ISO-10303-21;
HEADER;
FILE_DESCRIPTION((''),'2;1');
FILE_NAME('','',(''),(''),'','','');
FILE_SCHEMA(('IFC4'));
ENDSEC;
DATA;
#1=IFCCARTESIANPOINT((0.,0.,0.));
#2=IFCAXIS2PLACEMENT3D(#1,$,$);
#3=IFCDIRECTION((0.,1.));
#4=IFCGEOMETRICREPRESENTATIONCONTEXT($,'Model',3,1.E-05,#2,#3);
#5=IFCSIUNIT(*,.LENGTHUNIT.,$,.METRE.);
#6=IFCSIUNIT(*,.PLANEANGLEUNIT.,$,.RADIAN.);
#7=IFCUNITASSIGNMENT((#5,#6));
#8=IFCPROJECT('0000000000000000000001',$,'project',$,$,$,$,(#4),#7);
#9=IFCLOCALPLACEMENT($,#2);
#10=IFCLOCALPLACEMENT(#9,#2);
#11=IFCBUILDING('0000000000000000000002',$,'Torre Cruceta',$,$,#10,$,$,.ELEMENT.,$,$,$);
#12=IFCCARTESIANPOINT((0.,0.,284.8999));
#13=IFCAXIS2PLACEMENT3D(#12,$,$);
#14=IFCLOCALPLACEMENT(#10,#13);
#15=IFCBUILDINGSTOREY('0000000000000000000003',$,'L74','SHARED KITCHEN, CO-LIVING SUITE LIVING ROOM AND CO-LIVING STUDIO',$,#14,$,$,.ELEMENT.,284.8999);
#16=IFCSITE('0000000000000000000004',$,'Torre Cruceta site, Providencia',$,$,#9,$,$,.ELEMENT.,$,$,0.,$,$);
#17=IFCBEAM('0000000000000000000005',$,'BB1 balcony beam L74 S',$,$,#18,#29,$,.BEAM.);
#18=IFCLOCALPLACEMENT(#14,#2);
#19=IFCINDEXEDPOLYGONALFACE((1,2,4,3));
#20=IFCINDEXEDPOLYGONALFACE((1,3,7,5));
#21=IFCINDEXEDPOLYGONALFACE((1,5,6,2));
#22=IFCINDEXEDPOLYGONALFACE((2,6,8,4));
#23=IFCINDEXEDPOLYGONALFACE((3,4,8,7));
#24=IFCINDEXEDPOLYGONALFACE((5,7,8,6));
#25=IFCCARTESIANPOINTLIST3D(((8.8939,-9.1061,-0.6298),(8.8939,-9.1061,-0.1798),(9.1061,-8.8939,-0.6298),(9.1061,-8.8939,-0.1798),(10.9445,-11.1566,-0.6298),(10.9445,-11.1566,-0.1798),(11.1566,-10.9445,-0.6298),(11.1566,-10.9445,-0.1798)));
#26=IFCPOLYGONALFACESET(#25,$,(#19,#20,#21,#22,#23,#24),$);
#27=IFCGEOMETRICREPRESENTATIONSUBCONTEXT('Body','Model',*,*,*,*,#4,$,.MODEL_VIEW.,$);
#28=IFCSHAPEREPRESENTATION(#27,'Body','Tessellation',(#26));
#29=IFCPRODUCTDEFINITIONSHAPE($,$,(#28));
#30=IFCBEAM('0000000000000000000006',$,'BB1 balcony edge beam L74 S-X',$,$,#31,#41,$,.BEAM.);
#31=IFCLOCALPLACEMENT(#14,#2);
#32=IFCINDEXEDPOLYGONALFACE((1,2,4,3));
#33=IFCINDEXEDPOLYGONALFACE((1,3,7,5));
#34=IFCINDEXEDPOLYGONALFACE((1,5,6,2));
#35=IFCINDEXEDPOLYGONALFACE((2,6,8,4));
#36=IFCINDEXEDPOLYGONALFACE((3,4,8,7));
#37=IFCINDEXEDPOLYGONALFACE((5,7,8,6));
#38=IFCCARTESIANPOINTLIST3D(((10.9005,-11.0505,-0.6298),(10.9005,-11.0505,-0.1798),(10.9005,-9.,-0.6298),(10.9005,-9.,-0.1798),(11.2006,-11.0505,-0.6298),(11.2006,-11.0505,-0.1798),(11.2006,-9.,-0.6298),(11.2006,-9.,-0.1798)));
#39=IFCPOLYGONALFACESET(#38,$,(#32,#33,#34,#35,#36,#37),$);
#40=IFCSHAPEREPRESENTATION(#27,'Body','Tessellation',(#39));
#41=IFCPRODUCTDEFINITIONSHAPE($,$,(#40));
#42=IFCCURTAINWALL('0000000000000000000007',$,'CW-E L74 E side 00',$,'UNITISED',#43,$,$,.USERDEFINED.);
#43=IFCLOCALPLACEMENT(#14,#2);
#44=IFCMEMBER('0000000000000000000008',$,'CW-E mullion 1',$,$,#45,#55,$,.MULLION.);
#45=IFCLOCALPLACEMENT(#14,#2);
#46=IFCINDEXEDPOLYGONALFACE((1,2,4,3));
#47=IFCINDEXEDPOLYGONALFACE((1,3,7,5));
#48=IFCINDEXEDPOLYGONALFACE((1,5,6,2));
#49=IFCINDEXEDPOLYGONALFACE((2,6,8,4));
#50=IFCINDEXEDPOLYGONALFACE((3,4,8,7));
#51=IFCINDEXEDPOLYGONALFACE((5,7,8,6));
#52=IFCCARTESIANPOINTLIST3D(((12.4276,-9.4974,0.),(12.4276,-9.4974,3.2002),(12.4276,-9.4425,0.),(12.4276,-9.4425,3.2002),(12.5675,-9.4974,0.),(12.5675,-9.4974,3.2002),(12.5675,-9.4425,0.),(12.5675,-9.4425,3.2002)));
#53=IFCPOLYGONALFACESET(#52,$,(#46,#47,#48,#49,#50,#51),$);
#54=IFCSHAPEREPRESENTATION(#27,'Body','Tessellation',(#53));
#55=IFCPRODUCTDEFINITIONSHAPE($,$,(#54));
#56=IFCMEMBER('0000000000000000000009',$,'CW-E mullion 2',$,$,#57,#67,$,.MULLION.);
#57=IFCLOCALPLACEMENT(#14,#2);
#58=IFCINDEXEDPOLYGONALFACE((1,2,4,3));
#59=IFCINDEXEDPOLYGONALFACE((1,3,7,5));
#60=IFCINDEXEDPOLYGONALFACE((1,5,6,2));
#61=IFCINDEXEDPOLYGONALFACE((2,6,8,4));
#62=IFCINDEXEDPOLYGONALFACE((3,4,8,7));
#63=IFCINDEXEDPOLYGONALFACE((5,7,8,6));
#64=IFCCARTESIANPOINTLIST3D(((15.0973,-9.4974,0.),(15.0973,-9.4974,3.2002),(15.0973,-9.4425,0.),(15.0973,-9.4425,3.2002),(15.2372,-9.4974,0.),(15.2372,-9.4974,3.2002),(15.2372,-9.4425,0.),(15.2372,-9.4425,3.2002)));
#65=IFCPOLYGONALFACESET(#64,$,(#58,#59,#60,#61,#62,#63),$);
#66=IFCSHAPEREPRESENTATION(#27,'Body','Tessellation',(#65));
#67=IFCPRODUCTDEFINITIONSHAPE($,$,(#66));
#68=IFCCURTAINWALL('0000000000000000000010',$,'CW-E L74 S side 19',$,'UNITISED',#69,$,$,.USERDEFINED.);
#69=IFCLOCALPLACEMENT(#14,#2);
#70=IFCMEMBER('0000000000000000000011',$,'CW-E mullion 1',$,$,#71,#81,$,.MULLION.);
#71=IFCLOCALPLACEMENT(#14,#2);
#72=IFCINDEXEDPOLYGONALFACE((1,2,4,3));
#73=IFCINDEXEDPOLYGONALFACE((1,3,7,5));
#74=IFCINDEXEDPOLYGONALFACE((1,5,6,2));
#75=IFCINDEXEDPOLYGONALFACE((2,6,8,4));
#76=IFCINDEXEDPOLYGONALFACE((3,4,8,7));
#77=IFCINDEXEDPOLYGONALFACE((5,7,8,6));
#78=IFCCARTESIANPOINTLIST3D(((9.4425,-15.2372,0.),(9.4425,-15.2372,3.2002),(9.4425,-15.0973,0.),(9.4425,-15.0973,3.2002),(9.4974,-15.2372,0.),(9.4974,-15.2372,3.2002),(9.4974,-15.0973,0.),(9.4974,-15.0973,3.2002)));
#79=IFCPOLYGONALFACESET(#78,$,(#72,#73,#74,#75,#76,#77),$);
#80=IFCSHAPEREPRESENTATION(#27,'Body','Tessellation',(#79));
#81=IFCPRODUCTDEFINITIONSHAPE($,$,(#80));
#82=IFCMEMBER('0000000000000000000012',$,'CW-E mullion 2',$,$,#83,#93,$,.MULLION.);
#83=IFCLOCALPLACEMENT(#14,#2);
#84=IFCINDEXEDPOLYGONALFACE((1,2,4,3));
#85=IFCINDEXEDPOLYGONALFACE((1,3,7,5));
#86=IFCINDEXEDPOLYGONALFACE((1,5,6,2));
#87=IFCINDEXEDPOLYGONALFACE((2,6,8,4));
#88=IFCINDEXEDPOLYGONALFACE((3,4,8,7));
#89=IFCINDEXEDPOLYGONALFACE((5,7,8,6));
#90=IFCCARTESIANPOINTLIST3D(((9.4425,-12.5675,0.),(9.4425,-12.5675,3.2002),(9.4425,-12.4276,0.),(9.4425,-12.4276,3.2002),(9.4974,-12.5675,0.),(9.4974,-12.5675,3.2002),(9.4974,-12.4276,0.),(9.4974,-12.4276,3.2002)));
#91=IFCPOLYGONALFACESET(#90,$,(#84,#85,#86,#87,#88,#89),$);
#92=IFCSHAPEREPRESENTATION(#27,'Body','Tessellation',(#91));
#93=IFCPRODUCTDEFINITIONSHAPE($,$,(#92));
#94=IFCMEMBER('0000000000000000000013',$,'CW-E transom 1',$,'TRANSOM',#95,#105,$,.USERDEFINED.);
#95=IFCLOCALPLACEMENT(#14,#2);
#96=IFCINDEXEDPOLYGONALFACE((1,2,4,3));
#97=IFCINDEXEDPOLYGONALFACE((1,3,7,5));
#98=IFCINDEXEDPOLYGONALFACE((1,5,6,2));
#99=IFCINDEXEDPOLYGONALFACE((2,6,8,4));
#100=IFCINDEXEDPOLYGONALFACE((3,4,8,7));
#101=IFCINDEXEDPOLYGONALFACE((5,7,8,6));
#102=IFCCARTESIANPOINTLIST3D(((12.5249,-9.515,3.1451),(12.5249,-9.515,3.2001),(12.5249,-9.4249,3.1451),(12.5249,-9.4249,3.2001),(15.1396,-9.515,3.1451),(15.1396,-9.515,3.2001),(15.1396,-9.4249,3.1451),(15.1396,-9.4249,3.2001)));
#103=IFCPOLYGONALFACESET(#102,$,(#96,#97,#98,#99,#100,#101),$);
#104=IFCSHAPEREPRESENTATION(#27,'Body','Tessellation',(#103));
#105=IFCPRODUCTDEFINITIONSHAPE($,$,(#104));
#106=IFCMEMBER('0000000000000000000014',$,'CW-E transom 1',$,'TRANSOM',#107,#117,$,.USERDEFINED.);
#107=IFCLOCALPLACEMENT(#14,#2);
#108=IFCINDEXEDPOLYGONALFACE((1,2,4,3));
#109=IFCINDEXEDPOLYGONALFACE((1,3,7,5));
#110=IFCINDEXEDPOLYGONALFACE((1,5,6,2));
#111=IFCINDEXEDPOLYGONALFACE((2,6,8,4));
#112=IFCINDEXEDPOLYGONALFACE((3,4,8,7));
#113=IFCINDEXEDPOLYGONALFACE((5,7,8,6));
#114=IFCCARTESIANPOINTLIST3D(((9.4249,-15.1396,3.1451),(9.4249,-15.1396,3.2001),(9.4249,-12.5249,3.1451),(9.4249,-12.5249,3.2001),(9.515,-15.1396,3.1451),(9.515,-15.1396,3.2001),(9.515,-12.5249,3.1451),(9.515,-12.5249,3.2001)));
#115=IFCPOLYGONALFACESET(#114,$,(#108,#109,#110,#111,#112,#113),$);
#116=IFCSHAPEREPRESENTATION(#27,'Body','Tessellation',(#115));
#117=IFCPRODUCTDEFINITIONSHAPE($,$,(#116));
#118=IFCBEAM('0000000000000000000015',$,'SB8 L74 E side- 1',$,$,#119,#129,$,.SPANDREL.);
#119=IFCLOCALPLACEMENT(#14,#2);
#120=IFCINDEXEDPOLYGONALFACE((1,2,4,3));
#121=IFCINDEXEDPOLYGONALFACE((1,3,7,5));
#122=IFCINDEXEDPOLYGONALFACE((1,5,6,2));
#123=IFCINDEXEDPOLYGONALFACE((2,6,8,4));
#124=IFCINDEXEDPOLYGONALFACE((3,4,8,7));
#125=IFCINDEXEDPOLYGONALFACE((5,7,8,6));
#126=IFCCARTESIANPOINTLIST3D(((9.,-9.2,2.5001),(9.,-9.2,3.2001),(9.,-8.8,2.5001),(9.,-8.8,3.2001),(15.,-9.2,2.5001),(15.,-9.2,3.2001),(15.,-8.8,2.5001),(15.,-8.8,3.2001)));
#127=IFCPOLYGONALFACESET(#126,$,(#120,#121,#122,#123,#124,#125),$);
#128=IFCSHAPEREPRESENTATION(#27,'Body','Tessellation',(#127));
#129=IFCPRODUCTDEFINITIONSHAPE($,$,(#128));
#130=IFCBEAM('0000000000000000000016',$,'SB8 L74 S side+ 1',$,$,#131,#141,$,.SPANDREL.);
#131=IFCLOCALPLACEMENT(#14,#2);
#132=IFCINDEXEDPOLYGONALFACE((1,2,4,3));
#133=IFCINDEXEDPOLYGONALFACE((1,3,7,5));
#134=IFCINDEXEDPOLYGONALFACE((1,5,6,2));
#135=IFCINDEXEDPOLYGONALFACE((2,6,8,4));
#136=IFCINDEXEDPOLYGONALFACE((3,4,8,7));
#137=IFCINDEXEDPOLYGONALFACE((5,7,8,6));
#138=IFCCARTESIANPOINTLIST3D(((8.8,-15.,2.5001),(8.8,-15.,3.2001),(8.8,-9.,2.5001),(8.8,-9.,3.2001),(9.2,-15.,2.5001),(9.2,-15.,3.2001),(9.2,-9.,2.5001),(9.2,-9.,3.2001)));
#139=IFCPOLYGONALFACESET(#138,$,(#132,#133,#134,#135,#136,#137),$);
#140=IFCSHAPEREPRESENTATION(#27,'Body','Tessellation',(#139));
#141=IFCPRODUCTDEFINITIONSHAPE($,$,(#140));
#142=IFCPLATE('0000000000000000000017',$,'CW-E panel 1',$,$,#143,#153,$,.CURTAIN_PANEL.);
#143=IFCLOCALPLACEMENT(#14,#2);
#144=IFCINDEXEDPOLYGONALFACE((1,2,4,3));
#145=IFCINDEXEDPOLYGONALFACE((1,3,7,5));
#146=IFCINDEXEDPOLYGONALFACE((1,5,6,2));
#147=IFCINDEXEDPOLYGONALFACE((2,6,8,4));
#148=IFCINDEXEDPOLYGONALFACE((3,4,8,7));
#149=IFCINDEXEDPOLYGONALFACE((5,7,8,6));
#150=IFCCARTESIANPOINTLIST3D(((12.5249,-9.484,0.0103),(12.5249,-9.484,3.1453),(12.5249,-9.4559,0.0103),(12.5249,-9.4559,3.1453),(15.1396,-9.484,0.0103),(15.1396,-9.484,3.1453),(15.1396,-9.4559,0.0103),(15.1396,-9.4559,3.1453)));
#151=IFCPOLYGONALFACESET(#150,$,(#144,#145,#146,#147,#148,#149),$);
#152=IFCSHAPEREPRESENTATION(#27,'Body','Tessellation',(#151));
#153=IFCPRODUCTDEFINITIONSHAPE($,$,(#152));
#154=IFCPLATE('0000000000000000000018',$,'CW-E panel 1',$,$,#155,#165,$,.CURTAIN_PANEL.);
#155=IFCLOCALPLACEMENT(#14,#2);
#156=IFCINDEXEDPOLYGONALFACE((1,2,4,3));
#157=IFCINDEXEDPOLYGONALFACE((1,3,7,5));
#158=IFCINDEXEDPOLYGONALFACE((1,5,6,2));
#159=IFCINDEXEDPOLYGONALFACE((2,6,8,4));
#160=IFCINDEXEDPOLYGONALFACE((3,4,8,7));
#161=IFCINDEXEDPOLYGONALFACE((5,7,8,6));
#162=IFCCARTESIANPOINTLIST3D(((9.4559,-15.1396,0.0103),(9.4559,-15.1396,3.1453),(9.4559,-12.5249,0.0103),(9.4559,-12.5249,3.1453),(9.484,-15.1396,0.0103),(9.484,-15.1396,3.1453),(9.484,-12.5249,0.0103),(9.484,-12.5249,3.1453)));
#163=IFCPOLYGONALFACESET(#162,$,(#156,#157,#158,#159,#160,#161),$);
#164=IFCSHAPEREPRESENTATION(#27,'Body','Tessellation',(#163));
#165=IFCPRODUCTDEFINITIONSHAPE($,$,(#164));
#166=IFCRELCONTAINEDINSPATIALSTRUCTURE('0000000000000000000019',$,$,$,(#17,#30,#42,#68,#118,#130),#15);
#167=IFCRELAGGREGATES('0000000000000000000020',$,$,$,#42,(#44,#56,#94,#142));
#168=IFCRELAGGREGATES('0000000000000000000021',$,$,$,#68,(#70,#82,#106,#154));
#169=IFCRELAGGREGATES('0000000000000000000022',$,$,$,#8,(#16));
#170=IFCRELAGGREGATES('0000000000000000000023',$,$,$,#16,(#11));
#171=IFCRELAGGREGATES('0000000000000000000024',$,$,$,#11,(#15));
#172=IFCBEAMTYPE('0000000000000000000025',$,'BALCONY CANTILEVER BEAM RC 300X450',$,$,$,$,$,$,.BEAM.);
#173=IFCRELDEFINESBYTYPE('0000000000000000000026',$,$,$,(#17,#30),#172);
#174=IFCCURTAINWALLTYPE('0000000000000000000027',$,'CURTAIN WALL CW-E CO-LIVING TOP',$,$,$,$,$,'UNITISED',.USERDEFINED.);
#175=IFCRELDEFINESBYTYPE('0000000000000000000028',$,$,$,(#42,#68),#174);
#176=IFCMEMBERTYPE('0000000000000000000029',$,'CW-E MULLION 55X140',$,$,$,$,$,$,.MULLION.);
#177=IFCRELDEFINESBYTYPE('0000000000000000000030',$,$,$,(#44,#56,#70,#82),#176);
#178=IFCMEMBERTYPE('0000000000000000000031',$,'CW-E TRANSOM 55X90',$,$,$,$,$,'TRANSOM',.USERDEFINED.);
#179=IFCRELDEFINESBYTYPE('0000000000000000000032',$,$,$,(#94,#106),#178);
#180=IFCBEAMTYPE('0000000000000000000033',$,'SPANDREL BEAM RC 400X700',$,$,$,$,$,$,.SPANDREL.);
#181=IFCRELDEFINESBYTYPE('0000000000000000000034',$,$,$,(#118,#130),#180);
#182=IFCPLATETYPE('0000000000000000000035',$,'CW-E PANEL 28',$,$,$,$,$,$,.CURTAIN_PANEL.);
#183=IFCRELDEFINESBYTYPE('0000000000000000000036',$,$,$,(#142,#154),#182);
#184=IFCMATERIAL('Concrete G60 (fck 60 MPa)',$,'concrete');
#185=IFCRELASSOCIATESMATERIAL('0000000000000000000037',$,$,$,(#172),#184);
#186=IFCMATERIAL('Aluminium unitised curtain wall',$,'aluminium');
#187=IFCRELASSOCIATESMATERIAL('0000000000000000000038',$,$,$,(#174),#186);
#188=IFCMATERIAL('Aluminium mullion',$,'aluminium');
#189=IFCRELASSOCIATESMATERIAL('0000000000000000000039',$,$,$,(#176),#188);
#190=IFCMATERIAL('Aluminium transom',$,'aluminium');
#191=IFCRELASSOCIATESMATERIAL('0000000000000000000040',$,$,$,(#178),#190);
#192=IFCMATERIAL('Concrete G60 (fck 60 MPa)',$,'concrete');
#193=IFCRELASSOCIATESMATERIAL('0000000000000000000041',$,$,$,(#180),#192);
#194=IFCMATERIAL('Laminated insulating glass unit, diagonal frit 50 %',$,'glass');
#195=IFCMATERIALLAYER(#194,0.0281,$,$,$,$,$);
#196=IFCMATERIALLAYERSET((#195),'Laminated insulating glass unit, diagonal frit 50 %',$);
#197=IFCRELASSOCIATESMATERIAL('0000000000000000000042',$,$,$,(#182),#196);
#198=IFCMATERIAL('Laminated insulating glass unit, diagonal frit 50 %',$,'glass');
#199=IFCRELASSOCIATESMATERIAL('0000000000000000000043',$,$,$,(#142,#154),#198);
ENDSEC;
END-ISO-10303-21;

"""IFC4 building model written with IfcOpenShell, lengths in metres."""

from ifc_helpers import new_model, si_unit, direction, frame, origin, origin_2d, place, context, subcontext, project, spatial, rectangle, extrude, material, layer, layer_set, material_profile, profile_set, type_object, element, aggregate, save


model = new_model("IFC4")

# Units and contexts
model_context = context("Model", 3, precision=1e-05, world=origin(), true_north=direction((0.0, 1.0)))
body_context = subcontext(model_context, "Body", "Model", "MODEL_VIEW")
ifc_project = project(units=[si_unit("LENGTHUNIT", "METRE"), si_unit("PLANEANGLEUNIT", "RADIAN")], contexts=[model_context])

# Site, building, storey
site_placement = place(None, origin())
site = spatial("IfcSite", under=ifc_project, at=site_placement, Name="Torre Cruceta site, Providencia", CompositionType="ELEMENT", RefElevation=0.0)
building_placement = place(site_placement, origin())
building = spatial("IfcBuilding", under=site, at=building_placement, Name="Torre Cruceta", CompositionType="ELEMENT")
storey_placement = place(building_placement, frame((0.0, 0.0, 284.8999)))
storey = spatial("IfcBuildingStorey", under=building, at=storey_placement, Name="L74", Description="SHARED KITCHEN, CO-LIVING SUITE LIVING ROOM AND CO-LIVING STUDIO", CompositionType="ELEMENT", Elevation=284.8999)

# Beams
ifc_material_1 = material(Name="Concrete G60 (fck 60 MPa)", Category="concrete")
ifc_material_profile_1 = material_profile(ifc_material_1, rectangle(XDim=0.3, YDim=0.45, at=origin_2d()), Name="RC 300X450")
ifc_profile_set_1 = profile_set([ifc_material_profile_1], Name="Concrete G60 (fck 60 MPa)")
beam_type_1 = type_object("IfcBeamType", Name="BALCONY CANTILEVER BEAM RC 300X450", PredefinedType="BEAM", material=ifc_profile_set_1)
beam_1_placement = place(storey_placement, frame((9.0, -9.0, -0.4048), z_axis=(0.707107, -0.707107, 0.0), x_axis=(0.707107, 0.707107, 0.0)))
element("IfcBeam", 1, at=beam_1_placement, inside=storey, type_object=beam_type_1, Name="BB1 balcony beam L74 S", PredefinedType="BEAM", context=body_context, shape_type="SweptSolid", body=[
    extrude(rectangle(XDim=0.3, YDim=0.45, at=origin_2d()), origin(), (0.0, 0.0, 1.0), 2.8999),
])
beam_2_placement = place(storey_placement, frame((11.0505, -9.0, -0.4048), z_axis=(0.0, -1.0, 0.0), x_axis=(1.0, 0.0, 0.0)))
element("IfcBeam", 2, at=beam_2_placement, inside=storey, type_object=beam_type_1, Name="BB1 balcony edge beam L74 S-X", PredefinedType="BEAM", context=body_context, shape_type="SweptSolid", body=[
    extrude(rectangle(XDim=0.3, YDim=0.45, at=origin_2d()), origin(), (0.0, 0.0, 1.0), 2.0505),
])

# Curtain walls, members
ifc_material_2 = material(Name="Aluminium unitised curtain wall", Category="aluminium")
curtain_wall_type = type_object("IfcCurtainWallType", Name="CURTAIN WALL CW-E CO-LIVING TOP", ElementType="UNITISED", PredefinedType="USERDEFINED", material=ifc_material_2)
curtain_wall_1_placement = place(storey_placement, origin())
curtain_wall_1 = element("IfcCurtainWall", 3, at=curtain_wall_1_placement, inside=storey, type_object=curtain_wall_type, Name="CW-E L74 E side 00", ObjectType="UNITISED", PredefinedType="USERDEFINED")
ifc_material_3 = material(Name="Aluminium mullion", Category="aluminium")
ifc_material_profile_2 = material_profile(ifc_material_3, rectangle(XDim=0.0549, YDim=0.1399, at=origin_2d()), Name="AL 55X140")
ifc_profile_set_2 = profile_set([ifc_material_profile_2], Name="Aluminium mullion")
member_type_1 = type_object("IfcMemberType", Name="CW-E MULLION 55X140", PredefinedType="MULLION", material=ifc_profile_set_2)
member_1_placement = place(storey_placement, frame((12.4976, -9.47, 0.0), z_axis=(0.0, 0.0, 1.0), x_axis=(0.0, 1.0, 0.0)))
member_1 = element("IfcMember", 4, at=member_1_placement, type_object=member_type_1, Name="CW-E mullion 1", PredefinedType="MULLION", context=body_context, shape_type="SweptSolid", body=[
    extrude(rectangle(XDim=0.0549, YDim=0.1399, at=origin_2d()), origin(), (0.0, 0.0, 1.0), 3.2002),
])
member_2_placement = place(storey_placement, frame((15.1672, -9.47, 0.0), z_axis=(0.0, 0.0, 1.0), x_axis=(0.0, 1.0, 0.0)))
member_2 = element("IfcMember", 5, at=member_2_placement, type_object=member_type_1, Name="CW-E mullion 2", PredefinedType="MULLION", context=body_context, shape_type="SweptSolid", body=[
    extrude(rectangle(XDim=0.0549, YDim=0.1399, at=origin_2d()), origin(), (0.0, 0.0, 1.0), 3.2002),
])
curtain_wall_2_placement = place(storey_placement, origin())
curtain_wall_2 = element("IfcCurtainWall", 6, at=curtain_wall_2_placement, inside=storey, type_object=curtain_wall_type, Name="CW-E L74 S side 19", ObjectType="UNITISED", PredefinedType="USERDEFINED")
member_3_placement = place(storey_placement, frame((9.47, -15.1672, 0.0), z_axis=(0.0, 0.0, 1.0), x_axis=(-1.0, 0.0, 0.0)))
member_3 = element("IfcMember", 7, at=member_3_placement, type_object=member_type_1, Name="CW-E mullion 1", PredefinedType="MULLION", context=body_context, shape_type="SweptSolid", body=[
    extrude(rectangle(XDim=0.0549, YDim=0.1399, at=origin_2d()), origin(), (0.0, 0.0, 1.0), 3.2002),
])
member_4_placement = place(storey_placement, frame((9.47, -12.4976, 0.0), z_axis=(0.0, 0.0, 1.0), x_axis=(-1.0, 0.0, 0.0)))
member_4 = element("IfcMember", 8, at=member_4_placement, type_object=member_type_1, Name="CW-E mullion 2", PredefinedType="MULLION", context=body_context, shape_type="SweptSolid", body=[
    extrude(rectangle(XDim=0.0549, YDim=0.1399, at=origin_2d()), origin(), (0.0, 0.0, 1.0), 3.2002),
])

# Members
ifc_material_4 = material(Name="Aluminium transom", Category="aluminium")
ifc_material_profile_3 = material_profile(ifc_material_4, rectangle(XDim=0.0901, YDim=0.0549, at=origin_2d()), Name="AL 90X55")
ifc_profile_set_3 = profile_set([ifc_material_profile_3], Name="Aluminium transom")
member_type_2 = type_object("IfcMemberType", Name="CW-E TRANSOM 55X90", ElementType="TRANSOM", PredefinedType="USERDEFINED", material=ifc_profile_set_3)
member_5_placement = place(storey_placement, frame((12.5249, -9.47, 3.1726), z_axis=(1.0, 0.0, 0.0), x_axis=(0.0, 1.0, 0.0)))
member_5 = element("IfcMember", 9, at=member_5_placement, type_object=member_type_2, Name="CW-E transom 1", ObjectType="TRANSOM", PredefinedType="USERDEFINED", context=body_context, shape_type="SweptSolid", body=[
    extrude(rectangle(XDim=0.0901, YDim=0.0549, at=origin_2d()), origin(), (0.0, 0.0, 1.0), 2.6147),
])
member_6_placement = place(storey_placement, frame((9.47, -15.1396, 3.1726), z_axis=(0.0, 1.0, 0.0), x_axis=(-1.0, 0.0, 0.0)))
member_6 = element("IfcMember", 10, at=member_6_placement, type_object=member_type_2, Name="CW-E transom 1", ObjectType="TRANSOM", PredefinedType="USERDEFINED", context=body_context, shape_type="SweptSolid", body=[
    extrude(rectangle(XDim=0.0901, YDim=0.0549, at=origin_2d()), origin(), (0.0, 0.0, 1.0), 2.6147),
])

# Beams
ifc_material_5 = material(Name="Concrete G60 (fck 60 MPa)", Category="concrete")
ifc_material_profile_4 = material_profile(ifc_material_5, rectangle(XDim=0.3999, YDim=0.7, at=origin_2d()), Name="RC 400X700")
ifc_profile_set_4 = profile_set([ifc_material_profile_4], Name="Concrete G60 (fck 60 MPa)")
beam_type_2 = type_object("IfcBeamType", Name="SPANDREL BEAM RC 400X700", PredefinedType="SPANDREL", material=ifc_profile_set_4)
for number, where, z_axis, x_axis, name in (
    (11, (9.0, -9.0, 2.8501), (1.0, 0.0, 0.0), (0.0, 1.0, 0.0), "SB8 L74 E side- 1"),
    (12, (9.0, -9.0, 2.8501), (0.0, -1.0, 0.0), (1.0, 0.0, 0.0), "SB8 L74 S side+ 1"),
):
    element("IfcBeam", number, at=place(storey_placement, frame(where, z_axis=z_axis, x_axis=x_axis)), inside=storey, type_object=beam_type_2, Name=name, PredefinedType="SPANDREL", context=body_context, shape_type="SweptSolid", body=[
        extrude(rectangle(XDim=0.3999, YDim=0.7, at=origin_2d()), origin(), (0.0, 0.0, 1.0), 6.0),
    ])

# Plates
ifc_material_6 = material(Name="Laminated insulating glass unit, diagonal frit 50 %", Category="glass")
ifc_material_7 = material(Name="Laminated insulating glass unit, diagonal frit 50 %", Category="glass")
ifc_layer_1 = layer(ifc_material_7, 0.0281)
ifc_layer_set_1 = layer_set([ifc_layer_1], Name="Laminated insulating glass unit, diagonal frit 50 %")
plate_type = type_object("IfcPlateType", Name="CW-E PANEL 28", PredefinedType="CURTAIN_PANEL", material=ifc_layer_set_1)
plate_1_placement = place(storey_placement, frame((13.8323, -9.47, 0.0103), z_axis=(0.0, 0.0, 1.0), x_axis=(1.0, 0.0, 0.0)))
plate_1 = element("IfcPlate", 13, at=plate_1_placement, type_object=plate_type, material=ifc_material_6, Name="CW-E panel 1", PredefinedType="CURTAIN_PANEL", context=body_context, shape_type="SweptSolid", body=[
    extrude(rectangle(XDim=2.6147, YDim=0.0281, at=origin_2d()), origin(), (0.0, 0.0, 1.0), 3.135),
])
aggregate(curtain_wall_1, [member_1, member_2, member_5, plate_1])
plate_2_placement = place(storey_placement, frame((9.47, -13.8323, 0.0103), z_axis=(0.0, 0.0, 1.0), x_axis=(0.0, 1.0, 0.0)))
plate_2 = element("IfcPlate", 14, at=plate_2_placement, type_object=plate_type, material=ifc_material_6, Name="CW-E panel 1", PredefinedType="CURTAIN_PANEL", context=body_context, shape_type="SweptSolid", body=[
    extrude(rectangle(XDim=2.6147, YDim=0.0281, at=origin_2d()), origin(), (0.0, 0.0, 1.0), 3.135),
])
aggregate(curtain_wall_2, [member_3, member_4, member_6, plate_2])

save(model, "model.ifc")
